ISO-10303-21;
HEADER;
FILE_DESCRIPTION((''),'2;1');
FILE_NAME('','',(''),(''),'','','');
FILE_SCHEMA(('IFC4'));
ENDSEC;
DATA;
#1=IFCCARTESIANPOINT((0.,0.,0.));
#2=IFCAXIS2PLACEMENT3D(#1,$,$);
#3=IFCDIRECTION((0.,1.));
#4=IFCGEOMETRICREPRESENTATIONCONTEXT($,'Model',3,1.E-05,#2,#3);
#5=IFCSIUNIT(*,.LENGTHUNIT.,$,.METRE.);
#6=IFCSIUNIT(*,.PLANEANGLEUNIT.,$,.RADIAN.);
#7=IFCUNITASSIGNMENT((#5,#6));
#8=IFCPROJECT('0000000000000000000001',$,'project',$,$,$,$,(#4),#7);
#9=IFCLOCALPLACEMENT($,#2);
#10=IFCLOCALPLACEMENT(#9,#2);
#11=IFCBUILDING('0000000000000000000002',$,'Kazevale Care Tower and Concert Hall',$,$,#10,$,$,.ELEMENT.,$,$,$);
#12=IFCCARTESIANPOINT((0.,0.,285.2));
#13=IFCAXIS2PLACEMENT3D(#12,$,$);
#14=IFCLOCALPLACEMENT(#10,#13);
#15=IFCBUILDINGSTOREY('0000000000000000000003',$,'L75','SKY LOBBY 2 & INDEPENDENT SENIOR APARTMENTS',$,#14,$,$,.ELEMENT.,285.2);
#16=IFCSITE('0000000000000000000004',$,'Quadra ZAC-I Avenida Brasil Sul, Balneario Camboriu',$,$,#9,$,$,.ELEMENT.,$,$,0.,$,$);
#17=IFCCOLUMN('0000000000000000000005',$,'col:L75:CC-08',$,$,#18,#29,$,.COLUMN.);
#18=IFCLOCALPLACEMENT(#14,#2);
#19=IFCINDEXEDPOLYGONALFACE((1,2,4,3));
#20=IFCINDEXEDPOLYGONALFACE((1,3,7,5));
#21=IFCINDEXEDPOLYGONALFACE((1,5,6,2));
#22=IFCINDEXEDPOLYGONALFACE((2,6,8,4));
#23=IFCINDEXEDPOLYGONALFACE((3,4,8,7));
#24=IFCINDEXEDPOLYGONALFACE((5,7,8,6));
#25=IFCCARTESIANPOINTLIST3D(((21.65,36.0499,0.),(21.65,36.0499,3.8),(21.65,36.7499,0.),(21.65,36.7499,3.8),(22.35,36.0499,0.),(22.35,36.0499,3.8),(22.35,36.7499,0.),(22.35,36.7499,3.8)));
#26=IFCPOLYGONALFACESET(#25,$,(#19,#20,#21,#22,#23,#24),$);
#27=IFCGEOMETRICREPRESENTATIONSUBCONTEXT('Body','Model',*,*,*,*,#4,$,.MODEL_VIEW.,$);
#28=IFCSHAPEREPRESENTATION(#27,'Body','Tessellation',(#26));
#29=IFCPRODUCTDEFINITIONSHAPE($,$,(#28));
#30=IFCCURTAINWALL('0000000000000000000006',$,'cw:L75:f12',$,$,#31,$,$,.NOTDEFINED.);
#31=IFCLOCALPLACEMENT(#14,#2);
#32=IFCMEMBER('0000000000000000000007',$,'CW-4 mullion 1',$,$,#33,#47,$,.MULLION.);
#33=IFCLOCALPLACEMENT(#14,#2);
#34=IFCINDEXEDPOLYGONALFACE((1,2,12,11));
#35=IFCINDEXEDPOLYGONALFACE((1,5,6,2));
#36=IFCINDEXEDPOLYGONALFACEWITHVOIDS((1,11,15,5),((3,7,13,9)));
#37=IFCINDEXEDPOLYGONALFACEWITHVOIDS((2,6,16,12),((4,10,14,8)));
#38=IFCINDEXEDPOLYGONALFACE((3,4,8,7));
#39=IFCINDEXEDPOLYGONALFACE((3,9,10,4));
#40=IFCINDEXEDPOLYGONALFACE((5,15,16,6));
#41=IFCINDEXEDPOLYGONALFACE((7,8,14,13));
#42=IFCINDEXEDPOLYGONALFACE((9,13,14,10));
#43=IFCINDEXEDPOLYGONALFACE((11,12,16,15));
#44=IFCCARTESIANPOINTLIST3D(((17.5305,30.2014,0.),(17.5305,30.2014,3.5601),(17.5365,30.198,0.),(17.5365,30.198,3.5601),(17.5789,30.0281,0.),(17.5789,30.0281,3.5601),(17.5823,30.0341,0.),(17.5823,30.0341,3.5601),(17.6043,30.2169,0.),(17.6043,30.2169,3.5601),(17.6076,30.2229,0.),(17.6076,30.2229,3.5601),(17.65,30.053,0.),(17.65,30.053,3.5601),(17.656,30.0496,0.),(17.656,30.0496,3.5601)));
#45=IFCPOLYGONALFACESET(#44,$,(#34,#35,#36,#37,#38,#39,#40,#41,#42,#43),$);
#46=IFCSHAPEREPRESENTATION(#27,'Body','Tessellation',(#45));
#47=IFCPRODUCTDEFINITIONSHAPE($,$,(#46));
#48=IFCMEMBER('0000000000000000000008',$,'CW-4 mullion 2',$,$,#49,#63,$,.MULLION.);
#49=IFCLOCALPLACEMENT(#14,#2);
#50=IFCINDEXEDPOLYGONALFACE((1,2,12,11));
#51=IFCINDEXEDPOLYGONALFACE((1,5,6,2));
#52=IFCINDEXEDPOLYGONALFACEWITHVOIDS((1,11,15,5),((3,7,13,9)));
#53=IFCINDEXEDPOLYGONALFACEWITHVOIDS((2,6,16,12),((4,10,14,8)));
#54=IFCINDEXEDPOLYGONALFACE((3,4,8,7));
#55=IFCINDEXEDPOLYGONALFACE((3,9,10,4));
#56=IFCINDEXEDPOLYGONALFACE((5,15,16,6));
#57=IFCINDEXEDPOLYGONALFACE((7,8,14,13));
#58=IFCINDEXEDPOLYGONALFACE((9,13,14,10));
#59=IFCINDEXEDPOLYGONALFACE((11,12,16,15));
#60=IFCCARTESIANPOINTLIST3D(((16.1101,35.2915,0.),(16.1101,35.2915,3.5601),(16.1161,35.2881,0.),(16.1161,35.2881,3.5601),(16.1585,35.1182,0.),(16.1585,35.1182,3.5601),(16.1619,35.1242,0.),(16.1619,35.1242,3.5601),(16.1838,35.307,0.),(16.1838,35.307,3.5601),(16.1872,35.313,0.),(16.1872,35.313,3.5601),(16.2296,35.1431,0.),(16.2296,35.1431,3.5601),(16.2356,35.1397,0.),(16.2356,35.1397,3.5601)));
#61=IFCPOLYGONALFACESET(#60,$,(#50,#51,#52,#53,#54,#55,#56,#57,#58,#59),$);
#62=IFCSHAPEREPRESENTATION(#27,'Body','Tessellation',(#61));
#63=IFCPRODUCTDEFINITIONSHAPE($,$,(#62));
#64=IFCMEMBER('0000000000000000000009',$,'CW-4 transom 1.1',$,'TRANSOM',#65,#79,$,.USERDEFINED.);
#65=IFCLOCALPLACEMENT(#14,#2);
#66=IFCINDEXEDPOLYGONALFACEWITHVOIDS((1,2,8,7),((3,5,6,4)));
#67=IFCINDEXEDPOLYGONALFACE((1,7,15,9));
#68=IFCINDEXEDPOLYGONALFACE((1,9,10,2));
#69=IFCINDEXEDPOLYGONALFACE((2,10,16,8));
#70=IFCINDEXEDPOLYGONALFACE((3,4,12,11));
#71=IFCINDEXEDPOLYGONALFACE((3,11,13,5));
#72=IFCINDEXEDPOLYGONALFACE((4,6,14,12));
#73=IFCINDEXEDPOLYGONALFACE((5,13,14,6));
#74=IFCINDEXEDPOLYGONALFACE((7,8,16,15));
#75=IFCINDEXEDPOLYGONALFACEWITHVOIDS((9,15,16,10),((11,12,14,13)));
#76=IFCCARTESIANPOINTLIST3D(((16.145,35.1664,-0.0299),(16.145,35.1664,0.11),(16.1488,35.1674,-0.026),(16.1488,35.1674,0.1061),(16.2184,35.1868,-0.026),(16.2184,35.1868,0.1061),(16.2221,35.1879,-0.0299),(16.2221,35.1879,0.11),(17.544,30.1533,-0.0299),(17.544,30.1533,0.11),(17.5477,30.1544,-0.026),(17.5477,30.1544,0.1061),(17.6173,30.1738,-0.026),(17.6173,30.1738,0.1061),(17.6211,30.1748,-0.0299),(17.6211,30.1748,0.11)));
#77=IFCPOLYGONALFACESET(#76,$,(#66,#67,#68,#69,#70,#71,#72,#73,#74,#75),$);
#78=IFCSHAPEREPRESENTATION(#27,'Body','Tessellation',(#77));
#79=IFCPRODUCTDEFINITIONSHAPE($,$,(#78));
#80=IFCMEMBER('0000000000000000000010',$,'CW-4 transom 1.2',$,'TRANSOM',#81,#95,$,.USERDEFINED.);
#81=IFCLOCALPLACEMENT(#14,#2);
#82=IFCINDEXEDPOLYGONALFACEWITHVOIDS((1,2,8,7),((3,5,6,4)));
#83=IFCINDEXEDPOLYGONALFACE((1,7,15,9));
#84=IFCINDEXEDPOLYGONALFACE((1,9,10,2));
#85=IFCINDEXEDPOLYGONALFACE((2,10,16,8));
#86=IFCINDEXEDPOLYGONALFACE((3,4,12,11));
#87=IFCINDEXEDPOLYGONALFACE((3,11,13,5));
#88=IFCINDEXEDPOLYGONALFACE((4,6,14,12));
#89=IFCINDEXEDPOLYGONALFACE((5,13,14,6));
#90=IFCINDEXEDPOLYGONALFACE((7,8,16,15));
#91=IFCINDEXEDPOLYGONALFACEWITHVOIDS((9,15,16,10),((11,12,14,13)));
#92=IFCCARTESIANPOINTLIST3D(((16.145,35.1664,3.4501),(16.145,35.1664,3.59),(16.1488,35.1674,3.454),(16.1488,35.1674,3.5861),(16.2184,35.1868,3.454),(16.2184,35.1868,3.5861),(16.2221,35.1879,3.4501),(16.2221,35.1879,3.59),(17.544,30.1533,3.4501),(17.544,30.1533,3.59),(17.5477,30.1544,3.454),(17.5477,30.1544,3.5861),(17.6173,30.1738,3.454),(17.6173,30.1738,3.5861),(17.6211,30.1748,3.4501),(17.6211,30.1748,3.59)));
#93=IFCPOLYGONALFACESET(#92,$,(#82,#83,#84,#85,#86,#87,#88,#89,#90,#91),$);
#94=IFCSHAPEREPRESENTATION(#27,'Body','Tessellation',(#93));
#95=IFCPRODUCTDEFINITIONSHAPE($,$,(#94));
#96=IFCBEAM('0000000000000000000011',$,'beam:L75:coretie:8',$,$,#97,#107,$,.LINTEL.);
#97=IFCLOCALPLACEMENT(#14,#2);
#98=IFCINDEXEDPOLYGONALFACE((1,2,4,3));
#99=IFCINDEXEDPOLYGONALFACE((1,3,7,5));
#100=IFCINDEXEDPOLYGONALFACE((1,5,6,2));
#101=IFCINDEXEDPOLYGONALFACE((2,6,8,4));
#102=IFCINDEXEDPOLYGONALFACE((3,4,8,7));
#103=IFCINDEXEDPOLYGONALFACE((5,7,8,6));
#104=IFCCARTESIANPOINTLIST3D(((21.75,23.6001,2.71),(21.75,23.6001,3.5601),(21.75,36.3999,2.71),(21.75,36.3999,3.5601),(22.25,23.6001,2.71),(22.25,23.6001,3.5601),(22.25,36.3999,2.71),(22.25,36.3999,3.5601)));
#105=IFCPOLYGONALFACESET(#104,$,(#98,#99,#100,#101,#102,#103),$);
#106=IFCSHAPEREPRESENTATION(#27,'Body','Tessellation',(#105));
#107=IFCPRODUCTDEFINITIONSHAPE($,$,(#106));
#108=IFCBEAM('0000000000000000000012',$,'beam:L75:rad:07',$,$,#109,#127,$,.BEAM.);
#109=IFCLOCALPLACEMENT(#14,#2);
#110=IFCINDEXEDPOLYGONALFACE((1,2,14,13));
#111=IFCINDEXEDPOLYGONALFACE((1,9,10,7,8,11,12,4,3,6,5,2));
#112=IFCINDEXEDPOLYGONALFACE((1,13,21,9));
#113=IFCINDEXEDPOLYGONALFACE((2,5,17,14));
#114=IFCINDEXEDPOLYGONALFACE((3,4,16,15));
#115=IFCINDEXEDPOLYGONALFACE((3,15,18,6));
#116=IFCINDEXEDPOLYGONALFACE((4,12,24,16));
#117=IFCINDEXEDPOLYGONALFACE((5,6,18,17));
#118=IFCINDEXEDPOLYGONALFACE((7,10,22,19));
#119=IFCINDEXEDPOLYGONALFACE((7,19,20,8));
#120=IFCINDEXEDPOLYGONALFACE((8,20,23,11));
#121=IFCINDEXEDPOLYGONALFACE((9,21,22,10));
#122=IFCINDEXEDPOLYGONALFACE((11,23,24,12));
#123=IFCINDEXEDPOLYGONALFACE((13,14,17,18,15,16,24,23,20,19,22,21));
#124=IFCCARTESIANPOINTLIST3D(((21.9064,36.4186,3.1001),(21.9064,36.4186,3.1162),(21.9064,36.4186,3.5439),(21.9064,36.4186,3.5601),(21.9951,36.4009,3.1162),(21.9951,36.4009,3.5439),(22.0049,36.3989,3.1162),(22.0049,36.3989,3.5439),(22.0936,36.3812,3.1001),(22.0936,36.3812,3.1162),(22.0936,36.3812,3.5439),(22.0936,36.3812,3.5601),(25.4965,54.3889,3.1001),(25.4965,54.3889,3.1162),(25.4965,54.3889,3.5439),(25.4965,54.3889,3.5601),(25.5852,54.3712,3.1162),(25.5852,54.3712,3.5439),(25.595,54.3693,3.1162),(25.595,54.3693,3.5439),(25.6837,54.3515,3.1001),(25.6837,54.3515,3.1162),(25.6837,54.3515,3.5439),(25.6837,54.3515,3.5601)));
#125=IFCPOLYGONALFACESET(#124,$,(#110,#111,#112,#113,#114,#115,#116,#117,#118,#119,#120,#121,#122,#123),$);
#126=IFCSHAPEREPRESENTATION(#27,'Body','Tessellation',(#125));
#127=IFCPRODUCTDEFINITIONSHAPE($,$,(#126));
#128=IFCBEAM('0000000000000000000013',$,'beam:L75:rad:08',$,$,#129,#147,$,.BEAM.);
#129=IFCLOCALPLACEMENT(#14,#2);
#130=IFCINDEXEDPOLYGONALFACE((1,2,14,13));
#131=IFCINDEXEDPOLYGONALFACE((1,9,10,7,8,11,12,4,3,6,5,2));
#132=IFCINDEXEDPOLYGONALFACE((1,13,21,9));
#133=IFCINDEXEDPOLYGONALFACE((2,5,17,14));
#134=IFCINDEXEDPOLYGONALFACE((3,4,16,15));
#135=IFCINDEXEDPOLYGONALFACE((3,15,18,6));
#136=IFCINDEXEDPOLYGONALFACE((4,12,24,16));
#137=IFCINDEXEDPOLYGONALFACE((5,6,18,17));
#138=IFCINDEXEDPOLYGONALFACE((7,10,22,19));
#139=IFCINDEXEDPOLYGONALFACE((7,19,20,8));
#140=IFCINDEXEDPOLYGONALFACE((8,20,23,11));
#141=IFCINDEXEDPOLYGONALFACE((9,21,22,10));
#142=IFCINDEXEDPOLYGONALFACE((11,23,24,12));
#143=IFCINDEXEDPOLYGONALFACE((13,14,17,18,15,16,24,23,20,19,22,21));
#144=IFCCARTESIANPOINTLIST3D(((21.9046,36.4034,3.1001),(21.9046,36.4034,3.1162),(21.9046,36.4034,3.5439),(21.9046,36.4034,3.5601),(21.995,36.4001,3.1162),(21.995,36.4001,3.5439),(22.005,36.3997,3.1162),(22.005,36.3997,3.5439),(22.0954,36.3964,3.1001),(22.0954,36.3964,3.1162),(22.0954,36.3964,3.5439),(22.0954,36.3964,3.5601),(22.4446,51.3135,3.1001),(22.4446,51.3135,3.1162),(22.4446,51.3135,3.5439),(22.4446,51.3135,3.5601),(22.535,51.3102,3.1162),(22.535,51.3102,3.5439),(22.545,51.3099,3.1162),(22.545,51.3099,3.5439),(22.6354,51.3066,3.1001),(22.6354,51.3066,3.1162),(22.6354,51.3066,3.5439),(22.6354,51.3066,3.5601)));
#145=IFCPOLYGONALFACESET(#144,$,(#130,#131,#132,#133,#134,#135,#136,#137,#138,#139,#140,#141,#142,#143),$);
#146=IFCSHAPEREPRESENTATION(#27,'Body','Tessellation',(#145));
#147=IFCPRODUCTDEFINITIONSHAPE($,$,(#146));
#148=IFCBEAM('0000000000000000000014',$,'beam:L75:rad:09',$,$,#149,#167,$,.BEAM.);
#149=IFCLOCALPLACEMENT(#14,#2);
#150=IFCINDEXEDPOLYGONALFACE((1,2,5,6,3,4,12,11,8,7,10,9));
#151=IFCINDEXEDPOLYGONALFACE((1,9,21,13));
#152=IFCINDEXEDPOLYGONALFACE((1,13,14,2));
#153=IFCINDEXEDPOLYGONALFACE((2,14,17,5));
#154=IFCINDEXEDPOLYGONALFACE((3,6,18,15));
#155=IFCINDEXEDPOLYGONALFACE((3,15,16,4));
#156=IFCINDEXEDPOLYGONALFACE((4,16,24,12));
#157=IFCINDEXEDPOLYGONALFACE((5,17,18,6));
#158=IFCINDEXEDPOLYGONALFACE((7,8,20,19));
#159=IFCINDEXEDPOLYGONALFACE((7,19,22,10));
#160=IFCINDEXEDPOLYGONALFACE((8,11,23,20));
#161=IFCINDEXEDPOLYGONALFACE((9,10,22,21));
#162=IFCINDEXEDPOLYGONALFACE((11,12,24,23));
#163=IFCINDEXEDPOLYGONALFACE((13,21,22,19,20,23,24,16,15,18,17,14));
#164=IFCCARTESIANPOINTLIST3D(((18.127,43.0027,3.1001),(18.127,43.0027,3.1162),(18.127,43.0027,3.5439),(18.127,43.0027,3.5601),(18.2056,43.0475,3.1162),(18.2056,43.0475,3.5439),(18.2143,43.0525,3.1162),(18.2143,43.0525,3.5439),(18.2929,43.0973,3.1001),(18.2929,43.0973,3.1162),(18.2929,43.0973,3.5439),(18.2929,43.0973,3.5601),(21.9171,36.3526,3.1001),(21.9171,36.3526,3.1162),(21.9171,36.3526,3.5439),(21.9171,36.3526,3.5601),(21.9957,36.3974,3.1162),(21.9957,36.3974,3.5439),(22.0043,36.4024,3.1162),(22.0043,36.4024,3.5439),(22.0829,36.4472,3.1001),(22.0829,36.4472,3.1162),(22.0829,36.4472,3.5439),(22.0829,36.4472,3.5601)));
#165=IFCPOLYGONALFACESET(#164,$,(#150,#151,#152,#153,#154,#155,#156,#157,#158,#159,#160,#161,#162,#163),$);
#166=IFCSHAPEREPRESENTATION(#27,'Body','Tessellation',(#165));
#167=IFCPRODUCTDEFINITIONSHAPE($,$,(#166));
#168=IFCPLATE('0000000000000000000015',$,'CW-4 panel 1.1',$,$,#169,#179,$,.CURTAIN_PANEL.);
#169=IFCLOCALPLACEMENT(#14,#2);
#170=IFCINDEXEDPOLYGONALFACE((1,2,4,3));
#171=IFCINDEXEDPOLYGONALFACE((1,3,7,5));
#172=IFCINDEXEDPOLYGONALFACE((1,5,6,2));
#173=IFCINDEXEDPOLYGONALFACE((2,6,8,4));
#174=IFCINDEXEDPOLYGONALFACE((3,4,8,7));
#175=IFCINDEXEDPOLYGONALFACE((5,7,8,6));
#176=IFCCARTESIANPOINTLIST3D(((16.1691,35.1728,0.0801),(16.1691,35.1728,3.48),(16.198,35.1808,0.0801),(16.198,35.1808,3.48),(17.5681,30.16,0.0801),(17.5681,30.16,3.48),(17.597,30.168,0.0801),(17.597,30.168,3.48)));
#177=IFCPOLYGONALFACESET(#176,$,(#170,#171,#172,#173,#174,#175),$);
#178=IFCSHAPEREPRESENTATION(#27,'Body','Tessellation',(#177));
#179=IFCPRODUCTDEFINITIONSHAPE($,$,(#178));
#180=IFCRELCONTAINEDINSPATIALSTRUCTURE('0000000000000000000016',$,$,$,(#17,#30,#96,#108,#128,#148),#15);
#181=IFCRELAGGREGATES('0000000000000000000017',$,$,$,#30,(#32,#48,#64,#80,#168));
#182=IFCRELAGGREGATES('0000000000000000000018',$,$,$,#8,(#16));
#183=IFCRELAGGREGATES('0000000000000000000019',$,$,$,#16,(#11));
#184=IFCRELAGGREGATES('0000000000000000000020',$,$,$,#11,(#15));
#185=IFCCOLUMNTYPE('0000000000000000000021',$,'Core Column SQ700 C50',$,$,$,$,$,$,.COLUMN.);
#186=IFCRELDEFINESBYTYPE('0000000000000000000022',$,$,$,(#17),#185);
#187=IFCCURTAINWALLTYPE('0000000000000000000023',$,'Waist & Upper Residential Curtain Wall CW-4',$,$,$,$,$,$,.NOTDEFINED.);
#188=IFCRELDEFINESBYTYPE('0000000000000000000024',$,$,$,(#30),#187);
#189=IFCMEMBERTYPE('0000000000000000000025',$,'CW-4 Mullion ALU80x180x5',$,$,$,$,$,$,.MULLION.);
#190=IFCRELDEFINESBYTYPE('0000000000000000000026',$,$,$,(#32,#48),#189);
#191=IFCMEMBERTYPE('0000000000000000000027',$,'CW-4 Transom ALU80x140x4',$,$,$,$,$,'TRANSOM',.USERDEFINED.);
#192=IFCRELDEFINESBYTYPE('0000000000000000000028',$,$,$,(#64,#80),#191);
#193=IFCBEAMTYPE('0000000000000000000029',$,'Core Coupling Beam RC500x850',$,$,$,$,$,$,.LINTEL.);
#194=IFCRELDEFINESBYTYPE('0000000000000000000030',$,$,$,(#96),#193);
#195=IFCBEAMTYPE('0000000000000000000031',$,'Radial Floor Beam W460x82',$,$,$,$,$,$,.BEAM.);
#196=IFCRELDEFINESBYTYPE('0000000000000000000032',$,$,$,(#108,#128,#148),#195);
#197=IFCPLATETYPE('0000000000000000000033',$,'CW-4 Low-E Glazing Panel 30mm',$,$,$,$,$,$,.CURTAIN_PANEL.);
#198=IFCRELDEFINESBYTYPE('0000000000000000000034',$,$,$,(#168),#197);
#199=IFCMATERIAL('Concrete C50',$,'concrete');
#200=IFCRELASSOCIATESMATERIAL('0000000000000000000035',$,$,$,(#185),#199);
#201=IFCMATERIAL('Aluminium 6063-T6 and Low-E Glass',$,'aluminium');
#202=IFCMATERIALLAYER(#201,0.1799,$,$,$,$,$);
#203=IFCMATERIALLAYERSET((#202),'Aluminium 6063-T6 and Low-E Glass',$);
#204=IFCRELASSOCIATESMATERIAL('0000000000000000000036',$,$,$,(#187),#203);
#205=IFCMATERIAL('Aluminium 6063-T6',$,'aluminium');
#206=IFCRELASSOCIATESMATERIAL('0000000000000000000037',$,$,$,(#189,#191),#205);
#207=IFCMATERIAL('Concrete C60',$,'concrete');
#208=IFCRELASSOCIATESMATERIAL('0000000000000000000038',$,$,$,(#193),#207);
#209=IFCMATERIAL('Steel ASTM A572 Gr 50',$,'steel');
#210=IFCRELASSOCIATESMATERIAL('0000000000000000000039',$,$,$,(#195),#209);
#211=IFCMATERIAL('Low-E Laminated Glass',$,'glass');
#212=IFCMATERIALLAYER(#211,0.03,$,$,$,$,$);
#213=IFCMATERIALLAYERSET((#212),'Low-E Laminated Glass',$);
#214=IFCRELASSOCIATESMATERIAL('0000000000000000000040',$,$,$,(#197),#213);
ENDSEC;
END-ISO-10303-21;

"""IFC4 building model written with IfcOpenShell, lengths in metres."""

from ifc_helpers import new_model, si_unit, direction, frame, origin, origin_2d, place, context, subcontext, project, spatial, rectangle, hollow_rectangle, i_section, extrude, material, layer, layer_set, material_profile, profile_set, type_object, element, aggregate, save


model = new_model("IFC4")

# Units and contexts
model_context = context("Model", 3, precision=1e-05, world=origin(), true_north=direction((0.0, 1.0)))
body_context = subcontext(model_context, "Body", "Model", "MODEL_VIEW")
ifc_project = project(units=[si_unit("LENGTHUNIT", "METRE"), si_unit("PLANEANGLEUNIT", "RADIAN")], contexts=[model_context])

# Site, building, storey
site_placement = place(None, origin())
site = spatial("IfcSite", under=ifc_project, at=site_placement, Name="Quadra ZAC-I Avenida Brasil Sul, Balneario Camboriu", CompositionType="ELEMENT", RefElevation=0.0)
building_placement = place(site_placement, origin())
building = spatial("IfcBuilding", under=site, at=building_placement, Name="Kazevale Care Tower and Concert Hall", CompositionType="ELEMENT")
storey_placement = place(building_placement, frame((0.0, 0.0, 285.2)))
storey = spatial("IfcBuildingStorey", under=building, at=storey_placement, Name="L75", Description="SKY LOBBY 2 & INDEPENDENT SENIOR APARTMENTS", CompositionType="ELEMENT", Elevation=285.2)

# Column
ifc_material_1 = material(Name="Concrete C50", Category="concrete")
ifc_material_profile_1 = material_profile(ifc_material_1, rectangle(XDim=0.7, YDim=0.7, at=origin_2d()), Name="RC-SQ700")
ifc_profile_set_1 = profile_set([ifc_material_profile_1], Name="Concrete C50")
column_type = type_object("IfcColumnType", Name="Core Column SQ700 C50", PredefinedType="COLUMN", material=ifc_profile_set_1)
column_placement = place(storey_placement, frame((22.0, 36.3999, 0.0), z_axis=(0.0, 0.0, 1.0), x_axis=(1.0, 0.0, 0.0)))
element("IfcColumn", 1, at=column_placement, inside=storey, type_object=column_type, Name="col:L75:CC-08", PredefinedType="COLUMN", context=body_context, shape_type="SweptSolid", body=[
    extrude(rectangle(XDim=0.7, YDim=0.7, at=origin_2d()), origin(), (0.0, 0.0, 1.0), 3.8),
])

# Curtain wall, members
ifc_material_2 = material(Name="Aluminium 6063-T6 and Low-E Glass", Category="aluminium")
ifc_layer_1 = layer(ifc_material_2, 0.1799)
ifc_layer_set_1 = layer_set([ifc_layer_1], Name="Aluminium 6063-T6 and Low-E Glass")
curtain_wall_type = type_object("IfcCurtainWallType", Name="Waist & Upper Residential Curtain Wall CW-4", PredefinedType="NOTDEFINED", material=ifc_layer_set_1)
curtain_wall_placement = place(storey_placement, origin())
curtain_wall = element("IfcCurtainWall", 2, at=curtain_wall_placement, inside=storey, type_object=curtain_wall_type, Name="cw:L75:f12", PredefinedType="NOTDEFINED")
ifc_material_3 = material(Name="Aluminium 6063-T6", Category="aluminium")
ifc_material_profile_2 = material_profile(ifc_material_3, hollow_rectangle(XDim=0.0801, YDim=0.1799, WallThickness=0.0049, at=origin_2d()), Name="ALU80x180x5")
ifc_profile_set_2 = profile_set([ifc_material_profile_2], Name="Aluminium 6063-T6")
member_type_1 = type_object("IfcMemberType", Name="CW-4 Mullion ALU80x180x5", PredefinedType="MULLION", material=ifc_profile_set_2)
member_1_placement = place(storey_placement, frame((17.5933, 30.1255, 0.0), z_axis=(0.0, 0.0, 1.0), x_axis=(-0.963194, -0.268807, 0.0)))
member_1 = element("IfcMember", 3, at=member_1_placement, type_object=member_type_1, Name="CW-4 mullion 1", PredefinedType="MULLION", context=body_context, shape_type="SweptSolid", body=[
    extrude(hollow_rectangle(XDim=0.0801, YDim=0.1799, WallThickness=0.0049, at=origin_2d()), origin(), (0.0, 0.0, 1.0), 3.5601),
])
member_2_placement = place(storey_placement, frame((16.1729, 35.2156, 0.0), z_axis=(0.0, 0.0, 1.0), x_axis=(-0.963194, -0.268807, 0.0)))
member_2 = element("IfcMember", 4, at=member_2_placement, type_object=member_type_1, Name="CW-4 mullion 2", PredefinedType="MULLION", context=body_context, shape_type="SweptSolid", body=[
    extrude(hollow_rectangle(XDim=0.0801, YDim=0.1799, WallThickness=0.0049, at=origin_2d()), origin(), (0.0, 0.0, 1.0), 3.5601),
])
ifc_material_profile_3 = material_profile(ifc_material_3, hollow_rectangle(XDim=0.0801, YDim=0.1399, WallThickness=0.0039, at=origin_2d()), Name="ALU80x140x4")
ifc_profile_set_3 = profile_set([ifc_material_profile_3], Name="Aluminium 6063-T6")
member_type_2 = type_object("IfcMemberType", Name="CW-4 Transom ALU80x140x4", ElementType="TRANSOM", PredefinedType="USERDEFINED", material=ifc_profile_set_3)
member_3_placement = place(storey_placement, frame((17.5825, 30.1641, 0.04), z_axis=(-0.268793, 0.963198, 0.0), x_axis=(-0.963198, -0.268793, 0.0)))
member_3 = element("IfcMember", 5, at=member_3_placement, type_object=member_type_2, Name="CW-4 transom 1.1", ObjectType="TRANSOM", PredefinedType="USERDEFINED", context=body_context, shape_type="SweptSolid", body=[
    extrude(hollow_rectangle(XDim=0.0801, YDim=0.1399, WallThickness=0.0039, at=origin_2d()), origin(), (0.0, 0.0, 1.0), 5.2046),
])
member_4_placement = place(storey_placement, frame((17.5825, 30.1641, 3.52), z_axis=(-0.268793, 0.963198, 0.0), x_axis=(-0.963198, -0.268793, 0.0)))
member_4 = element("IfcMember", 6, at=member_4_placement, type_object=member_type_2, Name="CW-4 transom 1.2", ObjectType="TRANSOM", PredefinedType="USERDEFINED", context=body_context, shape_type="SweptSolid", body=[
    extrude(hollow_rectangle(XDim=0.0801, YDim=0.1399, WallThickness=0.0039, at=origin_2d()), origin(), (0.0, 0.0, 1.0), 5.2046),
])

# Beams
ifc_material_4 = material(Name="Concrete C60", Category="concrete")
ifc_material_profile_4 = material_profile(ifc_material_4, rectangle(XDim=0.5, YDim=0.8501, at=origin_2d()), Name="RC-B500x850")
ifc_profile_set_4 = profile_set([ifc_material_profile_4], Name="Concrete C60")
beam_type_1 = type_object("IfcBeamType", Name="Core Coupling Beam RC500x850", PredefinedType="LINTEL", material=ifc_profile_set_4)
beam_1_placement = place(storey_placement, frame((22.0, 36.3999, 3.135), z_axis=(0.0, -1.0, 0.0), x_axis=(1.0, 0.0, 0.0)))
element("IfcBeam", 7, at=beam_1_placement, inside=storey, type_object=beam_type_1, Name="beam:L75:coretie:8", PredefinedType="LINTEL", context=body_context, shape_type="SweptSolid", body=[
    extrude(rectangle(XDim=0.5, YDim=0.8501, at=origin_2d()), origin(), (0.0, 0.0, 1.0), 12.7998),
])
ifc_material_5 = material(Name="Steel ASTM A572 Gr 50", Category="steel")
ifc_material_profile_5 = material_profile(ifc_material_5, i_section(OverallWidth=0.1909, OverallDepth=0.46, WebThickness=0.01, FlangeThickness=0.0161, at=origin_2d()), Name="W460x82")
ifc_profile_set_5 = profile_set([ifc_material_profile_5], Name="Steel ASTM A572 Gr 50")
beam_type_2 = type_object("IfcBeamType", Name="Radial Floor Beam W460x82", PredefinedType="BEAM", material=ifc_profile_set_5)
beam_2_placement = place(storey_placement, frame((22.0, 36.3999, 3.3301), z_axis=(0.195909, 0.980622, 0.0), x_axis=(-0.980622, 0.195909, 0.0)))
element("IfcBeam", 8, at=beam_2_placement, inside=storey, type_object=beam_type_2, Name="beam:L75:rad:07", PredefinedType="BEAM", context=body_context, shape_type="SweptSolid", body=[
    extrude(i_section(OverallWidth=0.1909, OverallDepth=0.46, WebThickness=0.01, FlangeThickness=0.0161, at=origin_2d()), origin(), (0.0, 0.0, 1.0), 18.3254),
])
beam_3_placement = place(storey_placement, frame((22.0, 36.3999, 3.3301), z_axis=(0.036196, 0.999345, 0.0), x_axis=(-0.999345, 0.036196, 0.0)))
element("IfcBeam", 9, at=beam_3_placement, inside=storey, type_object=beam_type_2, Name="beam:L75:rad:08", PredefinedType="BEAM", context=body_context, shape_type="SweptSolid", body=[
    extrude(i_section(OverallWidth=0.1909, OverallDepth=0.46, WebThickness=0.01, FlangeThickness=0.0161, at=origin_2d()), origin(), (0.0, 0.0, 1.0), 14.9199),
])
beam_4_placement = place(storey_placement, frame((22.0, 36.3999, 3.3301), z_axis=(-0.495149, 0.868808, 0.0), x_axis=(-0.868808, -0.495149, 0.0)))
element("IfcBeam", 10, at=beam_4_placement, inside=storey, type_object=beam_type_2, Name="beam:L75:rad:09", PredefinedType="BEAM", context=body_context, shape_type="SweptSolid", body=[
    extrude(i_section(OverallWidth=0.1909, OverallDepth=0.46, WebThickness=0.01, FlangeThickness=0.0161, at=origin_2d()), origin(), (0.0, 0.0, 1.0), 7.6543),
])

# Plate
ifc_material_6 = material(Name="Low-E Laminated Glass", Category="glass")
ifc_layer_2 = layer(ifc_material_6, 0.03)
ifc_layer_set_2 = layer_set([ifc_layer_2], Name="Low-E Laminated Glass")
plate_type = type_object("IfcPlateType", Name="CW-4 Low-E Glazing Panel 30mm", PredefinedType="CURTAIN_PANEL", material=ifc_layer_set_2)
plate_placement = place(storey_placement, frame((16.8831, 32.6704, 0.0801), z_axis=(0.0, 0.0, 1.0), x_axis=(-0.268807, 0.963194, 0.0)))
plate = element("IfcPlate", 11, at=plate_placement, type_object=plate_type, Name="CW-4 panel 1.1", PredefinedType="CURTAIN_PANEL", context=body_context, shape_type="SweptSolid", body=[
    extrude(rectangle(XDim=5.2043, YDim=0.03, at=origin_2d()), origin(), (0.0, 0.0, 1.0), 3.3999),
])
aggregate(curtain_wall, [member_1, member_2, member_3, member_4, plate])

save(model, "model.ifc")
